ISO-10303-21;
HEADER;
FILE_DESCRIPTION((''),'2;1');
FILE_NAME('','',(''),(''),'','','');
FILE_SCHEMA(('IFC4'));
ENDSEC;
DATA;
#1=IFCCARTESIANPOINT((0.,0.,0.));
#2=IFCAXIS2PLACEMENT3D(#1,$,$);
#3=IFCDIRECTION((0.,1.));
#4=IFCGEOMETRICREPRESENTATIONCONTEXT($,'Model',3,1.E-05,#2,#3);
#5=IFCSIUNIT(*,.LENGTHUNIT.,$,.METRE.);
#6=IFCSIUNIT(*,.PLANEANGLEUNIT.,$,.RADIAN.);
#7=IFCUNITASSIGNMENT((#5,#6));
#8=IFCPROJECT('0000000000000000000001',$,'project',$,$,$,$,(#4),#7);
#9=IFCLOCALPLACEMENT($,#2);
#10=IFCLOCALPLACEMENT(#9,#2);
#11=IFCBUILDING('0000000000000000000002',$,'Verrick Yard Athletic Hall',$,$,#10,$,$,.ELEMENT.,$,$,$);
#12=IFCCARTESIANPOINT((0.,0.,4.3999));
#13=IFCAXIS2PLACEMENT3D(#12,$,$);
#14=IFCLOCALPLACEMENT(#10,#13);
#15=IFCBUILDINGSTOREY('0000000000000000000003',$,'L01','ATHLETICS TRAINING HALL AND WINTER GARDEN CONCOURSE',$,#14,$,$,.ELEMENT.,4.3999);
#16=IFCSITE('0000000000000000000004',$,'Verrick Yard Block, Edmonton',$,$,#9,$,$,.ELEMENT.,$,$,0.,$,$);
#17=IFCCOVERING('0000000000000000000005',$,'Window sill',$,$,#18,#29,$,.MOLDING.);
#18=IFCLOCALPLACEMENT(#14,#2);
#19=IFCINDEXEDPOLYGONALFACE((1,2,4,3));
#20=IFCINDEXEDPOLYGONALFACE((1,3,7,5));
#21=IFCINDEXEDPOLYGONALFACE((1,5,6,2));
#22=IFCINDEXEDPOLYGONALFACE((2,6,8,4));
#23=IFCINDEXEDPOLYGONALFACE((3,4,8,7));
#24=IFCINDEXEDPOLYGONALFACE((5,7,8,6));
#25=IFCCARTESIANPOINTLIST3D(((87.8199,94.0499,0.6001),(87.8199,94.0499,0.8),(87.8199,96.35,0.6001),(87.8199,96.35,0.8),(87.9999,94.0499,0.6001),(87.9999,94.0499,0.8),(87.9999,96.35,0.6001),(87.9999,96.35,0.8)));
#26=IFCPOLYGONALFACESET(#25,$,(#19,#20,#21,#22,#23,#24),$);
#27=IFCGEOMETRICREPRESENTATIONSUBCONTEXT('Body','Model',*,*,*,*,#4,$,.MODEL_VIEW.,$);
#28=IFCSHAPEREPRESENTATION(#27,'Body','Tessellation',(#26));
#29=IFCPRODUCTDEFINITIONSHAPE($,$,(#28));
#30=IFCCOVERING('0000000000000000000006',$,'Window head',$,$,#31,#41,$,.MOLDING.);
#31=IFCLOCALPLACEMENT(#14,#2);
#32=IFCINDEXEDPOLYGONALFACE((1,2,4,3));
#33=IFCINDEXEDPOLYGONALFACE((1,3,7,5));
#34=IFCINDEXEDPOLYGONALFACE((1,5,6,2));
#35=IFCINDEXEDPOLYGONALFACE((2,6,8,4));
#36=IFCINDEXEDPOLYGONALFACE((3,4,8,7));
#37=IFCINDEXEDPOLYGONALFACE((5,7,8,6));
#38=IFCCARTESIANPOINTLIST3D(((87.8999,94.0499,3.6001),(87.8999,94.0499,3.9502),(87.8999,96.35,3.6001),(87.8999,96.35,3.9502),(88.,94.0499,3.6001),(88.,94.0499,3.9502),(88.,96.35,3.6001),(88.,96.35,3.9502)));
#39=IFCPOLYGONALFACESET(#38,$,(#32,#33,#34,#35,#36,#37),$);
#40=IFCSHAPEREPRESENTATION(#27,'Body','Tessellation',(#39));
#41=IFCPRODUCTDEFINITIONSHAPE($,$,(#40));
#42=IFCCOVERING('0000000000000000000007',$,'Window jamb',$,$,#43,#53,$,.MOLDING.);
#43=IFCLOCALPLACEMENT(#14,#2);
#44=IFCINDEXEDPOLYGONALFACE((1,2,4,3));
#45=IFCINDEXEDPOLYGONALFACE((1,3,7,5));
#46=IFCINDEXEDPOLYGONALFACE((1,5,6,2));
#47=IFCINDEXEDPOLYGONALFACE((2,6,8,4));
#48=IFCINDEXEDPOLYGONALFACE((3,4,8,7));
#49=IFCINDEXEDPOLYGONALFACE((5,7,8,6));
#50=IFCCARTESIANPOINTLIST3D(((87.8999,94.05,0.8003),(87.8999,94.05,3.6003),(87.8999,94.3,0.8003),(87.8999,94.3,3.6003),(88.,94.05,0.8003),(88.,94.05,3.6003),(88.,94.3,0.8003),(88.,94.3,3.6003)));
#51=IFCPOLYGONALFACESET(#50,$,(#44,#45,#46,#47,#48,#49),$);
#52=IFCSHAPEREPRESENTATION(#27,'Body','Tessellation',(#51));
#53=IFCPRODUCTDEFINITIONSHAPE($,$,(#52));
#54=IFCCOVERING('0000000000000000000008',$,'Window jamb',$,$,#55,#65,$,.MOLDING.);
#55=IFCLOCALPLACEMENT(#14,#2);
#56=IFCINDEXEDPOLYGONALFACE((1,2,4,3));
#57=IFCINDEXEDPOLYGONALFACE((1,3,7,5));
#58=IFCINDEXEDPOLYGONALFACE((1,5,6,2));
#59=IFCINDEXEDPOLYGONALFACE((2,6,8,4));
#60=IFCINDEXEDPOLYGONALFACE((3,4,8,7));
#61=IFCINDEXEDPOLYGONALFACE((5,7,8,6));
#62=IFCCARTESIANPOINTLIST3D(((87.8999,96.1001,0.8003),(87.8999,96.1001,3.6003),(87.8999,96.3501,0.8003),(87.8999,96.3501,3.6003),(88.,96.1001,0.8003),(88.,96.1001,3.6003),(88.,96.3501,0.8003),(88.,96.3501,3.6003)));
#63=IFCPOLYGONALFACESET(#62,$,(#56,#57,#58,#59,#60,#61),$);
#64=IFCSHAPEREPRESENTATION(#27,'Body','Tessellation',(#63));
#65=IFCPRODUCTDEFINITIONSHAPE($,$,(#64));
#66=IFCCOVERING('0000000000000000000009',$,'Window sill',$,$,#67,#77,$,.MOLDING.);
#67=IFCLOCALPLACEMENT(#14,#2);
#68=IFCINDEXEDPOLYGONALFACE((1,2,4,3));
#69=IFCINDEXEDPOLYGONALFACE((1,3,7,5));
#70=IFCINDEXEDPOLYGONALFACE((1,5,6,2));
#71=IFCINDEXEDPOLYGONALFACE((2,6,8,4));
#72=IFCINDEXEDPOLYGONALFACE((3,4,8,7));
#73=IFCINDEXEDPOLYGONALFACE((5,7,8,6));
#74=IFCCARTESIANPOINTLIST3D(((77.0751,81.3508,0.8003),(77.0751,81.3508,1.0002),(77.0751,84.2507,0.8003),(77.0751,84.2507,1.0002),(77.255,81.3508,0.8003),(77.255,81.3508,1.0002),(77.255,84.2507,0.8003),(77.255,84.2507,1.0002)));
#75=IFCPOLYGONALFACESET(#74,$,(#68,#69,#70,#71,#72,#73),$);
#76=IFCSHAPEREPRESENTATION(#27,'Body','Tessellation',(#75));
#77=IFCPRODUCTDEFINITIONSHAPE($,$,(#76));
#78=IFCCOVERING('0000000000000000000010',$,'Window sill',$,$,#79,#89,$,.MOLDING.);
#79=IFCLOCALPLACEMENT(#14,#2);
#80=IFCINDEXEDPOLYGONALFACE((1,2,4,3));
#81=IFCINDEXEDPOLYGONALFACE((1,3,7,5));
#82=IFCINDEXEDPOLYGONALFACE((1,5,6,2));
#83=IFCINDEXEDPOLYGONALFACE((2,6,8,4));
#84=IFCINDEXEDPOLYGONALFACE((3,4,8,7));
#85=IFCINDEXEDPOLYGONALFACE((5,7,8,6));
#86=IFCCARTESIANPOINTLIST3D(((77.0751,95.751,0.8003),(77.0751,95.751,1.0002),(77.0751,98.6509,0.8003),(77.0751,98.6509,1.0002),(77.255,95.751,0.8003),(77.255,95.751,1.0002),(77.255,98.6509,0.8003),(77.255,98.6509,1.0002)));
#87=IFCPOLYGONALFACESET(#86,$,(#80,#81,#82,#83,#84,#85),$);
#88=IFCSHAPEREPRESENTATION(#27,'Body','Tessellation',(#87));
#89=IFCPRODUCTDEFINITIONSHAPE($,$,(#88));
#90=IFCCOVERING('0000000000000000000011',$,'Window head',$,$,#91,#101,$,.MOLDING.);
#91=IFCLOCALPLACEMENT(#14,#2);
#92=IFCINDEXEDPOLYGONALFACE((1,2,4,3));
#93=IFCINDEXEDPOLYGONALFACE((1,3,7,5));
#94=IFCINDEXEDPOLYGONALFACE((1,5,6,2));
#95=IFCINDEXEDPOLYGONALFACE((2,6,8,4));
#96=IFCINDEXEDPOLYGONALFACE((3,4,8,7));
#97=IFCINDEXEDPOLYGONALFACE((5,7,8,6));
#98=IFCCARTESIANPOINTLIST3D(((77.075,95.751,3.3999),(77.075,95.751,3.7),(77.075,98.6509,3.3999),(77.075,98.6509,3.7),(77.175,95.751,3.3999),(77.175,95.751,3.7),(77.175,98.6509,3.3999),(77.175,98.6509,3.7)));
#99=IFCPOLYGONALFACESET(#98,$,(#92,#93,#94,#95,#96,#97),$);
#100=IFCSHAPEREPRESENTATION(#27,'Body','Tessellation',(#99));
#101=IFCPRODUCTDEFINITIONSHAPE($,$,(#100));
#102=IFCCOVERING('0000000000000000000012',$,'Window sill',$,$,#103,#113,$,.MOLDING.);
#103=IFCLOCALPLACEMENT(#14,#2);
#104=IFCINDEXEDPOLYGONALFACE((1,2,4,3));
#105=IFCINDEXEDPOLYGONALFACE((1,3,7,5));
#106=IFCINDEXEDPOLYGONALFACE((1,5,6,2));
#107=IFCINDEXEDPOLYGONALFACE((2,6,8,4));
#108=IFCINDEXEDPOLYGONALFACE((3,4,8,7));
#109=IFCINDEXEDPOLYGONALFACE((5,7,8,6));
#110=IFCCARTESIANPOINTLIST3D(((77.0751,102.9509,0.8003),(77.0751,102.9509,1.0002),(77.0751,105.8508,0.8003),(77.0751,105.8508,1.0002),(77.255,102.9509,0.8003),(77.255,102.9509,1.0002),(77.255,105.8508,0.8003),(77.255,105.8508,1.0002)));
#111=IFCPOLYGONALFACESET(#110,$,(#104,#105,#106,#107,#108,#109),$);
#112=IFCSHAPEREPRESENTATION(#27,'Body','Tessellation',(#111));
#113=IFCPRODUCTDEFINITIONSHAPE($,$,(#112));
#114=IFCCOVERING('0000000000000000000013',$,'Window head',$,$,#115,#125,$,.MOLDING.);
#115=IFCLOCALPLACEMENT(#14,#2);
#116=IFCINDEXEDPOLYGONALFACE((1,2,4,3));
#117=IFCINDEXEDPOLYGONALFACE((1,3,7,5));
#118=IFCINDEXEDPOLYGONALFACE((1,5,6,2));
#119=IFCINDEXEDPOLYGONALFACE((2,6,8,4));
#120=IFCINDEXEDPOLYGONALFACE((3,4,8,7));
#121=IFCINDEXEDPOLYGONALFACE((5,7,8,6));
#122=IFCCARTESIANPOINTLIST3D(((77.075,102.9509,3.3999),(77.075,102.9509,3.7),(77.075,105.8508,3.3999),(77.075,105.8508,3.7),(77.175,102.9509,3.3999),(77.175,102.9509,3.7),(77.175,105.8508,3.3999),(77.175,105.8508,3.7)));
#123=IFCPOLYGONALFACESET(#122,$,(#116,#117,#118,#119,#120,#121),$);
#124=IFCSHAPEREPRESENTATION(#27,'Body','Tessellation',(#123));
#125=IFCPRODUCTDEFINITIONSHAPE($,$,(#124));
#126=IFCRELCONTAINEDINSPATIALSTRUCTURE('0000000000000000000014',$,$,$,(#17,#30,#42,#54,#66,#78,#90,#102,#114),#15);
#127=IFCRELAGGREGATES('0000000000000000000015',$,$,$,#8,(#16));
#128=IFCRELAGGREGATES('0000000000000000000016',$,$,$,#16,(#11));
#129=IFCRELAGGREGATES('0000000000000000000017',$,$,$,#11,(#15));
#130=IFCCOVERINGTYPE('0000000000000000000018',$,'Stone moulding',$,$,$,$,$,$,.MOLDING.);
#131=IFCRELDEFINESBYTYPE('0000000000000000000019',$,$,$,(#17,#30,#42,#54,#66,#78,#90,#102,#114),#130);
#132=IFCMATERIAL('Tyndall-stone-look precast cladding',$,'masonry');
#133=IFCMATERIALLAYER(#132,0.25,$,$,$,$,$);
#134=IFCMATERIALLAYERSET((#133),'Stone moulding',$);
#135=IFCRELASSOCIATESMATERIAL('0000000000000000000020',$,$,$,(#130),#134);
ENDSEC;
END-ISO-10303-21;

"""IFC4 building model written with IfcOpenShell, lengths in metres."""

from ifc_helpers import new_model, si_unit, direction, frame, origin, origin_2d, place, context, subcontext, project, spatial, rectangle, extrude, material, layer, layer_set, type_object, element, save


model = new_model("IFC4")

# Units and contexts
model_context = context("Model", 3, precision=1e-05, world=origin(), true_north=direction((0.0, 1.0)))
body_context = subcontext(model_context, "Body", "Model", "MODEL_VIEW")
ifc_project = project(units=[si_unit("LENGTHUNIT", "METRE"), si_unit("PLANEANGLEUNIT", "RADIAN")], contexts=[model_context])

# Site, building, storey
site_placement = place(None, origin())
site = spatial("IfcSite", under=ifc_project, at=site_placement, Name="Verrick Yard Block, Edmonton", CompositionType="ELEMENT", RefElevation=0.0)
building_placement = place(site_placement, origin())
building = spatial("IfcBuilding", under=site, at=building_placement, Name="Verrick Yard Athletic Hall", CompositionType="ELEMENT")
storey_placement = place(building_placement, frame((0.0, 0.0, 4.3999)))
storey = spatial("IfcBuildingStorey", under=building, at=storey_placement, Name="L01", Description="ATHLETICS TRAINING HALL AND WINTER GARDEN CONCOURSE", CompositionType="ELEMENT", Elevation=4.3999)

# Coverings
ifc_material_1 = material(Name="Tyndall-stone-look precast cladding", Category="masonry")
ifc_layer_1 = layer(ifc_material_1, 0.25)
ifc_layer_set_1 = layer_set([ifc_layer_1], Name="Stone moulding")
covering_type_1 = type_object("IfcCoveringType", Name="Stone moulding", PredefinedType="MOLDING", material=ifc_layer_set_1)
covering_1_placement = place(storey_placement, frame((87.9099, 95.2, 0.6001), z_axis=(0.0, 0.0, 1.0), x_axis=(0.0, 1.0, 0.0)))
element("IfcCovering", 1, at=covering_1_placement, inside=storey, type_object=covering_type_1, Name="Window sill", PredefinedType="MOLDING", context=body_context, shape_type="SweptSolid", body=[
    extrude(rectangle(XDim=2.3, YDim=0.1799, at=origin_2d()), origin(), (0.0, 0.0, 1.0), 0.2),
])
covering_2_placement = place(storey_placement, frame((87.95, 95.2, 3.6001), z_axis=(0.0, 0.0, 1.0), x_axis=(0.0, 1.0, 0.0)))
element("IfcCovering", 2, at=covering_2_placement, inside=storey, type_object=covering_type_1, Name="Window head", PredefinedType="MOLDING", context=body_context, shape_type="SweptSolid", body=[
    extrude(rectangle(XDim=2.3, YDim=0.1001, at=origin_2d()), origin(), (0.0, 0.0, 1.0), 0.3501),
])
for number, where, z_axis, x_axis, name in (
    (3, (87.95, 94.175, 0.8003), (0.0, 0.0, 1.0), (0.0, 1.0, 0.0), "Window jamb"),
    (4, (87.95, 96.2251, 0.8003), (0.0, 0.0, 1.0), (0.0, 1.0, 0.0), "Window jamb"),
):
    element("IfcCovering", number, at=place(storey_placement, frame(where, z_axis=z_axis, x_axis=x_axis)), inside=storey, type_object=covering_type_1, Name=name, PredefinedType="MOLDING", context=body_context, shape_type="SweptSolid", body=[
        extrude(rectangle(XDim=0.25, YDim=0.1001, at=origin_2d()), origin(), (0.0, 0.0, 1.0), 2.8),
    ])
for number, where, z_axis, x_axis, name in (
    (5, (77.165, 82.8008, 0.8003), (0.0, 0.0, 1.0), (0.0, 1.0, 0.0), "Window sill"),
    (6, (77.165, 97.2009, 0.8003), (0.0, 0.0, 1.0), (0.0, 1.0, 0.0), "Window sill"),
):
    element("IfcCovering", number, at=place(storey_placement, frame(where, z_axis=z_axis, x_axis=x_axis)), inside=storey, type_object=covering_type_1, Name=name, PredefinedType="MOLDING", context=body_context, shape_type="SweptSolid", body=[
        extrude(rectangle(XDim=2.8999, YDim=0.1799, at=origin_2d()), origin(), (0.0, 0.0, 1.0), 0.2),
    ])
covering_3_placement = place(storey_placement, frame((77.125, 97.2009, 3.3999), z_axis=(0.0, 0.0, 1.0), x_axis=(0.0, 1.0, 0.0)))
element("IfcCovering", 7, at=covering_3_placement, inside=storey, type_object=covering_type_1, Name="Window head", PredefinedType="MOLDING", context=body_context, shape_type="SweptSolid", body=[
    extrude(rectangle(XDim=2.8999, YDim=0.1001, at=origin_2d()), origin(), (0.0, 0.0, 1.0), 0.3),
])
covering_4_placement = place(storey_placement, frame((77.165, 104.4009, 0.8003), z_axis=(0.0, 0.0, 1.0), x_axis=(0.0, 1.0, 0.0)))
element("IfcCovering", 8, at=covering_4_placement, inside=storey, type_object=covering_type_1, Name="Window sill", PredefinedType="MOLDING", context=body_context, shape_type="SweptSolid", body=[
    extrude(rectangle(XDim=2.8999, YDim=0.1799, at=origin_2d()), origin(), (0.0, 0.0, 1.0), 0.2),
])
covering_5_placement = place(storey_placement, frame((77.125, 104.4009, 3.3999), z_axis=(0.0, 0.0, 1.0), x_axis=(0.0, 1.0, 0.0)))
element("IfcCovering", 9, at=covering_5_placement, inside=storey, type_object=covering_type_1, Name="Window head", PredefinedType="MOLDING", context=body_context, shape_type="SweptSolid", body=[
    extrude(rectangle(XDim=2.8999, YDim=0.1001, at=origin_2d()), origin(), (0.0, 0.0, 1.0), 0.3),
])

save(model, "model.ifc")
